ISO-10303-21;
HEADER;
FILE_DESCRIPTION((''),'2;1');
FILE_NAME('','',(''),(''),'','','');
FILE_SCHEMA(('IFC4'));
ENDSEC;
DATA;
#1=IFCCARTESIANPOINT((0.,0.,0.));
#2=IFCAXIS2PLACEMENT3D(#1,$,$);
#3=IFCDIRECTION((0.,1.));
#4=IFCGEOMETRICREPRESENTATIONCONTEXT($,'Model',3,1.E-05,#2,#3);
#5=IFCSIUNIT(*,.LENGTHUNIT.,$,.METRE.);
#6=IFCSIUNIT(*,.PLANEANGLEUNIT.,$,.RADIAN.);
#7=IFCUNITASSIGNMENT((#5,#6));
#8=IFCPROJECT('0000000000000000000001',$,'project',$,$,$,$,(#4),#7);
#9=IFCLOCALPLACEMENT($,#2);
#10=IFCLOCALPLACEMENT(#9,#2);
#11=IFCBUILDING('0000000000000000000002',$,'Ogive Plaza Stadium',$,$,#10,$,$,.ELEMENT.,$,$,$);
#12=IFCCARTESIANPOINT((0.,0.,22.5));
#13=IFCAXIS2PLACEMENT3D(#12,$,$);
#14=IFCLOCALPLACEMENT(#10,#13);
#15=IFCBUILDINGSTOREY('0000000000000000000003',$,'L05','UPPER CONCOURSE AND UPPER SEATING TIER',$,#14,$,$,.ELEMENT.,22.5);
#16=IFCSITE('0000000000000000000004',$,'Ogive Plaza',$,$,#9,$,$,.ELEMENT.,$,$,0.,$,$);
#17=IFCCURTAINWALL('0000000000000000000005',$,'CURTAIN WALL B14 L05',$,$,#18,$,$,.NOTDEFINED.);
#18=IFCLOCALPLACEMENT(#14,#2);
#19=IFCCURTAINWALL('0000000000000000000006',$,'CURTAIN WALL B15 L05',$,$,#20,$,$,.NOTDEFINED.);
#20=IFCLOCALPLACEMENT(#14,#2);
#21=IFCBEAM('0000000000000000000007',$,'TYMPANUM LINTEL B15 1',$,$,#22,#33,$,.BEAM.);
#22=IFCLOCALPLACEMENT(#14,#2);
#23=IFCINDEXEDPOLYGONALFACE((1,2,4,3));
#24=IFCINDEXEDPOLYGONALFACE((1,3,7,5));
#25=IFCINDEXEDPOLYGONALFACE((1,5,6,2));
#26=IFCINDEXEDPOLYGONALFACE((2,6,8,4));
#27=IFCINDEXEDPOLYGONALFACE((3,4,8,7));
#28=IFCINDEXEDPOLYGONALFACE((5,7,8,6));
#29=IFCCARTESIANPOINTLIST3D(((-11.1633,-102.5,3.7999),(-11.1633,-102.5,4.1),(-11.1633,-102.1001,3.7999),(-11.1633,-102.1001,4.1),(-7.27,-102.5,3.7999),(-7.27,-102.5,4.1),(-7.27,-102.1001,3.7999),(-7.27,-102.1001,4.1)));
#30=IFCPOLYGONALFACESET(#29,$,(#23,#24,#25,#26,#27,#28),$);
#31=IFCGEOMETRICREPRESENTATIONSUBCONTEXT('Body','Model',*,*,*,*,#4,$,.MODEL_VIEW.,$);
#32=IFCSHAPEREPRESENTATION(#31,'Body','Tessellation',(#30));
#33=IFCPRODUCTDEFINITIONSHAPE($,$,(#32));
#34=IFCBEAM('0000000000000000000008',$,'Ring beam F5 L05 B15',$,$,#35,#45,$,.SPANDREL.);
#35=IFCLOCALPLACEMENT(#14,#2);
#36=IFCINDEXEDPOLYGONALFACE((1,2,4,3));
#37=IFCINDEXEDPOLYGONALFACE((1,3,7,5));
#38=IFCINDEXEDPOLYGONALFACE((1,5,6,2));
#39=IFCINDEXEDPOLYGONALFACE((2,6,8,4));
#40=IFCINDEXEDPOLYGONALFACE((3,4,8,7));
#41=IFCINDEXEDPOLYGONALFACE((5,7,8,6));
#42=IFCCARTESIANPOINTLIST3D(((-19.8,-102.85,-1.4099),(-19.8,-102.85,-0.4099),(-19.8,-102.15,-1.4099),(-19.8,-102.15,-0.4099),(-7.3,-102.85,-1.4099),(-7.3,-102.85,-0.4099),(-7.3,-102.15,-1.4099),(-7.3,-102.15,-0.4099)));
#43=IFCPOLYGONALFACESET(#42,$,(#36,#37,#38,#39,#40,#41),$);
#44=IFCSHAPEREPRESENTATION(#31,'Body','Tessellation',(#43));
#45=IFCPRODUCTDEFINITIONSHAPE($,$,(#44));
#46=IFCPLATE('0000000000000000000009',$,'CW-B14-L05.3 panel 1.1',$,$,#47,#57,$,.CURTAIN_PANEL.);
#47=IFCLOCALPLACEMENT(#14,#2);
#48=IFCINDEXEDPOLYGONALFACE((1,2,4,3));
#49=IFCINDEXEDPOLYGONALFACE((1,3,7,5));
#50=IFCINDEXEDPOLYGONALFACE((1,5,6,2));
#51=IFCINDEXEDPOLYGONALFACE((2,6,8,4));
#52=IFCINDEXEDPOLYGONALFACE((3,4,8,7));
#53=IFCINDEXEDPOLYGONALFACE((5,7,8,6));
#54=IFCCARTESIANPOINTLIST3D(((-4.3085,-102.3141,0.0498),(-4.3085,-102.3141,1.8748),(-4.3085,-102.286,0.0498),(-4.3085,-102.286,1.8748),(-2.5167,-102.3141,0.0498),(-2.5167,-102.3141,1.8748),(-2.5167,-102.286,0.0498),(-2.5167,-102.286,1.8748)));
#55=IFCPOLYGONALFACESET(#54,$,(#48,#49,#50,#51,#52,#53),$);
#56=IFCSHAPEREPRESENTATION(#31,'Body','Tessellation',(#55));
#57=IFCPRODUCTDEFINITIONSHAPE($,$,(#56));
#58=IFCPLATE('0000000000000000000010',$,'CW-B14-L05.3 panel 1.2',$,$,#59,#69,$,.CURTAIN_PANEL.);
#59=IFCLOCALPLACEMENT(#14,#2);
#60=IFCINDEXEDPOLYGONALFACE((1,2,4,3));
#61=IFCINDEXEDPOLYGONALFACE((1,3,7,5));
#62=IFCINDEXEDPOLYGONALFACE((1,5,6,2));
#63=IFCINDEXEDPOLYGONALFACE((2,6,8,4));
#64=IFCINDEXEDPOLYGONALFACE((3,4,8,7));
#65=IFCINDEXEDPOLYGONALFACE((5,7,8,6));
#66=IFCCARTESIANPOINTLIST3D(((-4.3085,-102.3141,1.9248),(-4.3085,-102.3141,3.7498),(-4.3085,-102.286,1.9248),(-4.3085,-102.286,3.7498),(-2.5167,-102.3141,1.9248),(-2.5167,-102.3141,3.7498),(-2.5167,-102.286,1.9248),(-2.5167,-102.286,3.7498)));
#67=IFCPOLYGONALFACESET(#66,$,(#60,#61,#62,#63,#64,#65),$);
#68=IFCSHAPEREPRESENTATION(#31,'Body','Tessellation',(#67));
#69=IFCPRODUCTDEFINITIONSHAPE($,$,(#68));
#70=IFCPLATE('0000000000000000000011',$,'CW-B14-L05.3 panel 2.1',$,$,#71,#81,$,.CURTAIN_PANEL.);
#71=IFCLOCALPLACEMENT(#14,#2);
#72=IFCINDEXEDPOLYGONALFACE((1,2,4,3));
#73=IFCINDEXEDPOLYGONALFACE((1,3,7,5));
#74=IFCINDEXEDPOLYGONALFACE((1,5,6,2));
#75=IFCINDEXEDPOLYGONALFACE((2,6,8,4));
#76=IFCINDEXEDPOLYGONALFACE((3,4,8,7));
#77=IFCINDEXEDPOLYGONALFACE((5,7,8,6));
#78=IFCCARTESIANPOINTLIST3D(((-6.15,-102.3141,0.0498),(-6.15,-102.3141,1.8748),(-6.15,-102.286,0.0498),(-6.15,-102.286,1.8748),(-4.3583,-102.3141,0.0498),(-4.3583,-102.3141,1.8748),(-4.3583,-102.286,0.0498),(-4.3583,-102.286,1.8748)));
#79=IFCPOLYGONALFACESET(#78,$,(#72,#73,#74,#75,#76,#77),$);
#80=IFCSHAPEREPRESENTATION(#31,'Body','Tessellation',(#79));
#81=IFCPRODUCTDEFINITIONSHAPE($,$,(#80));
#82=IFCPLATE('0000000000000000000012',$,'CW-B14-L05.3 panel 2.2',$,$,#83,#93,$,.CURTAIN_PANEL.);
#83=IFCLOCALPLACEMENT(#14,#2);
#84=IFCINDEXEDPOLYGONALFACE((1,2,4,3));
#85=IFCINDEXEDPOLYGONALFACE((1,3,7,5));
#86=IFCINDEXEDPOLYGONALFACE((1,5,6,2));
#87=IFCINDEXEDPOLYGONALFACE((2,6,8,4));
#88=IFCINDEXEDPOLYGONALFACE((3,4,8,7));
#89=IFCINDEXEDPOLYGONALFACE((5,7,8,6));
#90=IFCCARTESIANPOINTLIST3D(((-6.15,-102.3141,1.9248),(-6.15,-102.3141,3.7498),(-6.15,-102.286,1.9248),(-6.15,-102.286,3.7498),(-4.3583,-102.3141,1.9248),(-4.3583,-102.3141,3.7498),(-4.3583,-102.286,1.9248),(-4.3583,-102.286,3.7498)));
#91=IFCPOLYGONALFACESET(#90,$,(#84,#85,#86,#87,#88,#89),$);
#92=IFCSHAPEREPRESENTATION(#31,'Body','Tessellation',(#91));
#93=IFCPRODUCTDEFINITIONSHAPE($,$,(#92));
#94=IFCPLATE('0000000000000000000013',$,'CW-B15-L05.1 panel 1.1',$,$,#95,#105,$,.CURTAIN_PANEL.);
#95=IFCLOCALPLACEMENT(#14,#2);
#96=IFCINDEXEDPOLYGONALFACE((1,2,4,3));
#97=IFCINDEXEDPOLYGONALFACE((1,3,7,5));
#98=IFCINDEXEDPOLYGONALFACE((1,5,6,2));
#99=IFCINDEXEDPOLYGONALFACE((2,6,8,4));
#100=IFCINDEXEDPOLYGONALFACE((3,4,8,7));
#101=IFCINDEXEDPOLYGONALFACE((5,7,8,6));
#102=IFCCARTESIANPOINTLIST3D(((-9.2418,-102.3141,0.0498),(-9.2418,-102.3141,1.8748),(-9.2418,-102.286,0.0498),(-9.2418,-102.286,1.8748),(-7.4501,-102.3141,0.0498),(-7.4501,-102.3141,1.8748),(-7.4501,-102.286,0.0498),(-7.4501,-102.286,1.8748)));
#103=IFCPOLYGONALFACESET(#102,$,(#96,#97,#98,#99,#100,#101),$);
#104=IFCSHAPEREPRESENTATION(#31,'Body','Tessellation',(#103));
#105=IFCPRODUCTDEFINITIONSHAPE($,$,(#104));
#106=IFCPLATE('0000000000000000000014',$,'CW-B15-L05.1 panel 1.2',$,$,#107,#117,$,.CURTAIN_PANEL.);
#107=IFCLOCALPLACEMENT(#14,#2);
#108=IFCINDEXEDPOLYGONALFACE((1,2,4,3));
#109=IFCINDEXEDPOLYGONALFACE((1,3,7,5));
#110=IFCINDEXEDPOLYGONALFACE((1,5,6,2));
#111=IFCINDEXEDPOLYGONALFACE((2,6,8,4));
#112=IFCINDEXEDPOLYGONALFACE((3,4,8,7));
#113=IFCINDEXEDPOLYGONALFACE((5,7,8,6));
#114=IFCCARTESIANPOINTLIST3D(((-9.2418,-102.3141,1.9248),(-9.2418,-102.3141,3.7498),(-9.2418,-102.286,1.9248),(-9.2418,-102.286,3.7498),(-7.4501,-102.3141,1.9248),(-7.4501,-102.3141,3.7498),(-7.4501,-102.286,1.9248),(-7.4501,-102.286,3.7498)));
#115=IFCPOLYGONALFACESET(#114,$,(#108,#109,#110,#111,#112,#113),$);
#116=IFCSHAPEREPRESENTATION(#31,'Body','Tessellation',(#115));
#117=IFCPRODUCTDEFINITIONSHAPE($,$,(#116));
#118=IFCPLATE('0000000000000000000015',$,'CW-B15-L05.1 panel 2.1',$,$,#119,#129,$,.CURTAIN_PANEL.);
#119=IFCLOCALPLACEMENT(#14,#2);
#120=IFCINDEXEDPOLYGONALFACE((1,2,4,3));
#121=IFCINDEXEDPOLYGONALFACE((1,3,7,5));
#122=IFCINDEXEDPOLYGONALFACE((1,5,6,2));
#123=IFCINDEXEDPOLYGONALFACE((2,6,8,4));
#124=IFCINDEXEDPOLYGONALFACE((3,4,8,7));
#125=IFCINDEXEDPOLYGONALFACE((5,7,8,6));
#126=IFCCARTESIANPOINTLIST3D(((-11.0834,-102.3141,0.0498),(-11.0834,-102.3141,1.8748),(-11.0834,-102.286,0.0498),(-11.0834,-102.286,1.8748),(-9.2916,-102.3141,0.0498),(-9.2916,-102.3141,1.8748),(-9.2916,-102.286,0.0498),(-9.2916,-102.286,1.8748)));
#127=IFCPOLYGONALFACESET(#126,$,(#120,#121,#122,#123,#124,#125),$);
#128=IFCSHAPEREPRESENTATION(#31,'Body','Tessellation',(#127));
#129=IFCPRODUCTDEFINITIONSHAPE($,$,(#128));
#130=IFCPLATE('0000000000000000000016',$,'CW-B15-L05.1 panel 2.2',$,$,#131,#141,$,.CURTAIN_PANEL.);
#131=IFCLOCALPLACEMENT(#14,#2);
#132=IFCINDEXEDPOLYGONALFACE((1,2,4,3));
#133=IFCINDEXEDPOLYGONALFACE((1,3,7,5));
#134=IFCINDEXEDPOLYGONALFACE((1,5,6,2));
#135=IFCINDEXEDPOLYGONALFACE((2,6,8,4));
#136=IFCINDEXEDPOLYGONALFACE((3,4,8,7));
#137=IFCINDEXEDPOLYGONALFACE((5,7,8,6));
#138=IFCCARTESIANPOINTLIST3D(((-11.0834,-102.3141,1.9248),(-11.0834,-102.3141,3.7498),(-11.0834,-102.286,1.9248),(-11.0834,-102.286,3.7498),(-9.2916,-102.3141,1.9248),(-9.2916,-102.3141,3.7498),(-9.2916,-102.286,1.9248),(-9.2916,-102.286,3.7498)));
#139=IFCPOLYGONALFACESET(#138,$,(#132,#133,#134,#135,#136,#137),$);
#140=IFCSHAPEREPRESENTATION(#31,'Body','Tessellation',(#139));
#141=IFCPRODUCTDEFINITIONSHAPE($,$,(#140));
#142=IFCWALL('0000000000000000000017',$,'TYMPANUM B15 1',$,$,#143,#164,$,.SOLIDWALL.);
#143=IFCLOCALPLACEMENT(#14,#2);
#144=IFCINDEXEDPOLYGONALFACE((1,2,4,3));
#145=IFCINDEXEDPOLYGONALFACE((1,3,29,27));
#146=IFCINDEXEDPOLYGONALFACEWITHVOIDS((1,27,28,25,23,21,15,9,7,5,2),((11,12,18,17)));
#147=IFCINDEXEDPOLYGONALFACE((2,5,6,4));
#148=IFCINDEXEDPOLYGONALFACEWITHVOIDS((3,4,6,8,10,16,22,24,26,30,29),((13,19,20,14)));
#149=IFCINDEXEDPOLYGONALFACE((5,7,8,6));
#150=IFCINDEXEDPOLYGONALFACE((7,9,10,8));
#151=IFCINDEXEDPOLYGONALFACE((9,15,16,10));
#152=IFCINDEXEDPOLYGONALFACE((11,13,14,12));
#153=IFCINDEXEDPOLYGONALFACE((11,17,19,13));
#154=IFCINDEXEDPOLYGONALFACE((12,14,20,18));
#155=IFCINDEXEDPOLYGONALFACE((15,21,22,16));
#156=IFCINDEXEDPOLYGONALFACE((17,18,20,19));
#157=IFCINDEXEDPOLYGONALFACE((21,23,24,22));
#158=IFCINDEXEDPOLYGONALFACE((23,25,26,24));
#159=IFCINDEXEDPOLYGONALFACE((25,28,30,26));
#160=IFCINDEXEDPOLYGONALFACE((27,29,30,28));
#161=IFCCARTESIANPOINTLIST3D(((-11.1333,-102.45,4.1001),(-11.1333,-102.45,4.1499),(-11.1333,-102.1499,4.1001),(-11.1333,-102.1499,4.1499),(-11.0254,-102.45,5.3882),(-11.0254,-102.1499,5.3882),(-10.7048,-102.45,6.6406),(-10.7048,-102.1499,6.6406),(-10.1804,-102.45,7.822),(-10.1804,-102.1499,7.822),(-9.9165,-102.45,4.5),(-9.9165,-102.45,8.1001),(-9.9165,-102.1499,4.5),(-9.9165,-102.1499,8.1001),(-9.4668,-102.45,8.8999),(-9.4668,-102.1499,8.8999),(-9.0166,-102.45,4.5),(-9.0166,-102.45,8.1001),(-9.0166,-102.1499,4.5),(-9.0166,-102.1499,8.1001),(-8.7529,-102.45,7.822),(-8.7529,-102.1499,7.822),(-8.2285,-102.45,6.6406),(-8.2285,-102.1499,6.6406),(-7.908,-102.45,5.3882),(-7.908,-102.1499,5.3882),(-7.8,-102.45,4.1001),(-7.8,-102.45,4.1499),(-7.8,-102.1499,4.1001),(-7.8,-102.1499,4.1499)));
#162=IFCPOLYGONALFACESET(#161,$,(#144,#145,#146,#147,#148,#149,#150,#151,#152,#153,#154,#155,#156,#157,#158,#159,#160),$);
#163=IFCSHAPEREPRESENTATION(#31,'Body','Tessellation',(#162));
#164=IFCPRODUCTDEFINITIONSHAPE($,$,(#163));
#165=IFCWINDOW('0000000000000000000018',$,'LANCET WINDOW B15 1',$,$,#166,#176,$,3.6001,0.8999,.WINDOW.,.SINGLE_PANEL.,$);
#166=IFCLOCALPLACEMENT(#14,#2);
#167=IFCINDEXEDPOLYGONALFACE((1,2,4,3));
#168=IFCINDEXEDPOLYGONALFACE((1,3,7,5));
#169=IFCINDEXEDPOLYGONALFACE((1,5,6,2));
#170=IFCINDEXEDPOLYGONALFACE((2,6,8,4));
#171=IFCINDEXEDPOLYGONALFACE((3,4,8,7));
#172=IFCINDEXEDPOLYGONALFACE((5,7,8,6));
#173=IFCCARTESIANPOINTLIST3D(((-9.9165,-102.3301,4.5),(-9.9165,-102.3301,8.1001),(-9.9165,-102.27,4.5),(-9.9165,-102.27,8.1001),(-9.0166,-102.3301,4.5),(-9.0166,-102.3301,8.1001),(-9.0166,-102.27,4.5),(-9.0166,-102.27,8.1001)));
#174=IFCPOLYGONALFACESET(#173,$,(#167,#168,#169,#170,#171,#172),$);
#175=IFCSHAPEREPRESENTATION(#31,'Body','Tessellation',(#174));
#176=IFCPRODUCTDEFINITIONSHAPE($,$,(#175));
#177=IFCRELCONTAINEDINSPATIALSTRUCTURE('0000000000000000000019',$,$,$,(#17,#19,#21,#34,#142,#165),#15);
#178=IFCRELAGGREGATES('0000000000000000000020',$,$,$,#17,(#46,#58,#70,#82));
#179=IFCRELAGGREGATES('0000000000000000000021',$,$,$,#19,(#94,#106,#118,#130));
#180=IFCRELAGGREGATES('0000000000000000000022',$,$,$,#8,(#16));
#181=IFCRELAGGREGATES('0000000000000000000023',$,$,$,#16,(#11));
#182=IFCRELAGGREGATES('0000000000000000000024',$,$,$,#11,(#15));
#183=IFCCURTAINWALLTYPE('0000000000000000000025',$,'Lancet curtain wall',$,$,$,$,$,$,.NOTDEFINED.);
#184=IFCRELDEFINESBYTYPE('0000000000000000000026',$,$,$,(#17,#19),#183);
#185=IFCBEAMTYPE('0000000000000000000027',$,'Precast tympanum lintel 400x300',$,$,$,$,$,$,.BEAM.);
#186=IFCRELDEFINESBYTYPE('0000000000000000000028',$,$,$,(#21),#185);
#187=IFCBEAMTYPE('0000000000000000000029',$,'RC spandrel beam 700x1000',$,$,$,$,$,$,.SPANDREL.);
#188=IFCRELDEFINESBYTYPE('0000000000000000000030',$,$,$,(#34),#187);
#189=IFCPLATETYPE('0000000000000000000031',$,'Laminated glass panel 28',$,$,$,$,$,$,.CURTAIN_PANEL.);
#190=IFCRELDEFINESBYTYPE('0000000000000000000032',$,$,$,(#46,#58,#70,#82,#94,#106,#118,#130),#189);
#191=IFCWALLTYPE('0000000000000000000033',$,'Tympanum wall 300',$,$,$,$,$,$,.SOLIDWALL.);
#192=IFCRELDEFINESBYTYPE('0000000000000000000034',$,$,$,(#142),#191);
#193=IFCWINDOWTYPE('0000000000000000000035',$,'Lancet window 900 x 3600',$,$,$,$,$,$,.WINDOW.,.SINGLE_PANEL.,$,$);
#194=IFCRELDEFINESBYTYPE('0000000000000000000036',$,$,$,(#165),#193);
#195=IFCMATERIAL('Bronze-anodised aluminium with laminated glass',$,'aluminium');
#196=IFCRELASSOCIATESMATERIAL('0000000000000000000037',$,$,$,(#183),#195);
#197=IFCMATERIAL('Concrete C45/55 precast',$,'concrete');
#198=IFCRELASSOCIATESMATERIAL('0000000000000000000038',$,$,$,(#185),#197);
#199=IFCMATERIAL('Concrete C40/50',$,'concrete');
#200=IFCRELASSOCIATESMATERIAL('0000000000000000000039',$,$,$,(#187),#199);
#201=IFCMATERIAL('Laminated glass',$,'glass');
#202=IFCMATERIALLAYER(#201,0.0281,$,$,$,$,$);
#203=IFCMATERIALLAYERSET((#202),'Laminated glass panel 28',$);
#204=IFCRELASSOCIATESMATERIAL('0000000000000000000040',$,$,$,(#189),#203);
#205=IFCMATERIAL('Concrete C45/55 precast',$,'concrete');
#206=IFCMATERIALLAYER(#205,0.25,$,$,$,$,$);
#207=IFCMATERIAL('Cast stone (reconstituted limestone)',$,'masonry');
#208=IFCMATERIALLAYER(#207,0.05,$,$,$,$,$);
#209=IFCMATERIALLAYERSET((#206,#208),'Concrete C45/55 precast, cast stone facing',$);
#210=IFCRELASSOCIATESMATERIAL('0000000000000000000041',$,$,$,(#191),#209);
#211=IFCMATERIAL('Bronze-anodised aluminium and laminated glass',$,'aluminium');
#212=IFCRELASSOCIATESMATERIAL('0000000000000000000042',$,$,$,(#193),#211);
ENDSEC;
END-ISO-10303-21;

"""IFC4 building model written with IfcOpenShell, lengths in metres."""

from ifc_helpers import new_model, si_unit, direction, frame, frame_2d, origin, origin_2d, place, context, subcontext, project, spatial, polyline, rectangle, outline, extrude, material, layer, layer_set, material_profile, profile_set, type_object, element, fill, aggregate, save


model = new_model("IFC4")

# Units and contexts
model_context = context("Model", 3, precision=1e-05, world=origin(), true_north=direction((0.0, 1.0)))
body_context = subcontext(model_context, "Body", "Model", "MODEL_VIEW")
ifc_project = project(units=[si_unit("LENGTHUNIT", "METRE"), si_unit("PLANEANGLEUNIT", "RADIAN")], contexts=[model_context])

# Site, building, storey
site_placement = place(None, origin())
site = spatial("IfcSite", under=ifc_project, at=site_placement, Name="Ogive Plaza", CompositionType="ELEMENT", RefElevation=0.0)
building_placement = place(site_placement, origin())
building = spatial("IfcBuilding", under=site, at=building_placement, Name="Ogive Plaza Stadium", CompositionType="ELEMENT")
storey_placement = place(building_placement, frame((0.0, 0.0, 22.5)))
storey = spatial("IfcBuildingStorey", under=building, at=storey_placement, Name="L05", Description="UPPER CONCOURSE AND UPPER SEATING TIER", CompositionType="ELEMENT", Elevation=22.5)

# Curtain walls
ifc_material_1 = material(Name="Bronze-anodised aluminium with laminated glass", Category="aluminium")
curtain_wall_type = type_object("IfcCurtainWallType", Name="Lancet curtain wall", PredefinedType="NOTDEFINED", material=ifc_material_1)
curtain_wall_1_placement = place(storey_placement, origin())
curtain_wall_1 = element("IfcCurtainWall", 1, at=curtain_wall_1_placement, inside=storey, type_object=curtain_wall_type, Name="CURTAIN WALL B14 L05", PredefinedType="NOTDEFINED")
curtain_wall_2_placement = place(storey_placement, origin())
curtain_wall_2 = element("IfcCurtainWall", 2, at=curtain_wall_2_placement, inside=storey, type_object=curtain_wall_type, Name="CURTAIN WALL B15 L05", PredefinedType="NOTDEFINED")

# Beams
ifc_material_2 = material(Name="Concrete C45/55 precast", Category="concrete")
ifc_material_profile_1 = material_profile(ifc_material_2, rectangle(XDim=0.3999, YDim=0.3, at=origin_2d()), Name="RC 400x300")
ifc_profile_set_1 = profile_set([ifc_material_profile_1], Name="Concrete C45/55 precast")
beam_type_1 = type_object("IfcBeamType", Name="Precast tympanum lintel 400x300", PredefinedType="BEAM", material=ifc_profile_set_1)
beam_1_placement = place(storey_placement, frame((-7.27, -102.3, 3.95), z_axis=(-1.0, 0.0, 0.0), x_axis=(0.0, -1.0, 0.0)))
element("IfcBeam", 3, at=beam_1_placement, inside=storey, type_object=beam_type_1, Name="TYMPANUM LINTEL B15 1", PredefinedType="BEAM", context=body_context, shape_type="SweptSolid", body=[
    extrude(rectangle(XDim=0.3999, YDim=0.3, at=origin_2d()), origin(), (0.0, 0.0, 1.0), 3.8933),
])
ifc_material_3 = material(Name="Concrete C40/50", Category="concrete")
ifc_material_profile_2 = material_profile(ifc_material_3, rectangle(XDim=0.7, YDim=1.0, at=origin_2d()), Name="RC 700x1000")
ifc_profile_set_2 = profile_set([ifc_material_profile_2], Name="Concrete C40/50")
beam_type_2 = type_object("IfcBeamType", Name="RC spandrel beam 700x1000", PredefinedType="SPANDREL", material=ifc_profile_set_2)
beam_2_placement = place(storey_placement, frame((-7.3, -102.5, -0.9099), z_axis=(-1.0, 0.0, 0.0), x_axis=(0.0, -1.0, 0.0)))
element("IfcBeam", 4, at=beam_2_placement, inside=storey, type_object=beam_type_2, Name="Ring beam F5 L05 B15", PredefinedType="SPANDREL", context=body_context, shape_type="SweptSolid", body=[
    extrude(rectangle(XDim=0.7, YDim=1.0, at=origin_2d()), origin(), (0.0, 0.0, 1.0), 12.5),
])

# Plates
ifc_material_4 = material(Name="Laminated glass", Category="glass")
ifc_layer_1 = layer(ifc_material_4, 0.0281)
ifc_layer_set_1 = layer_set([ifc_layer_1], Name="Laminated glass panel 28")
plate_type = type_object("IfcPlateType", Name="Laminated glass panel 28", PredefinedType="CURTAIN_PANEL", material=ifc_layer_set_1)
plate_1_placement = place(storey_placement, frame((-3.4126, -102.3, 0.0498), z_axis=(0.0, 0.0, 1.0), x_axis=(-1.0, 0.0, 0.0)))
plate_1 = element("IfcPlate", 5, at=plate_1_placement, type_object=plate_type, Name="CW-B14-L05.3 panel 1.1", PredefinedType="CURTAIN_PANEL", context=body_context, shape_type="SweptSolid", body=[
    extrude(rectangle(XDim=1.7917, YDim=0.0281, at=origin_2d()), origin(), (0.0, 0.0, 1.0), 1.825),
])
plate_2_placement = place(storey_placement, frame((-3.4126, -102.3, 1.9248), z_axis=(0.0, 0.0, 1.0), x_axis=(-1.0, 0.0, 0.0)))
plate_2 = element("IfcPlate", 6, at=plate_2_placement, type_object=plate_type, Name="CW-B14-L05.3 panel 1.2", PredefinedType="CURTAIN_PANEL", context=body_context, shape_type="SweptSolid", body=[
    extrude(rectangle(XDim=1.7917, YDim=0.0281, at=origin_2d()), origin(), (0.0, 0.0, 1.0), 1.825),
])
plate_3_placement = place(storey_placement, frame((-5.2542, -102.3, 0.0498), z_axis=(0.0, 0.0, 1.0), x_axis=(-1.0, 0.0, 0.0)))
plate_3 = element("IfcPlate", 7, at=plate_3_placement, type_object=plate_type, Name="CW-B14-L05.3 panel 2.1", PredefinedType="CURTAIN_PANEL", context=body_context, shape_type="SweptSolid", body=[
    extrude(rectangle(XDim=1.7917, YDim=0.0281, at=origin_2d()), origin(), (0.0, 0.0, 1.0), 1.825),
])
plate_4_placement = place(storey_placement, frame((-5.2542, -102.3, 1.9248), z_axis=(0.0, 0.0, 1.0), x_axis=(-1.0, 0.0, 0.0)))
plate_4 = element("IfcPlate", 8, at=plate_4_placement, type_object=plate_type, Name="CW-B14-L05.3 panel 2.2", PredefinedType="CURTAIN_PANEL", context=body_context, shape_type="SweptSolid", body=[
    extrude(rectangle(XDim=1.7917, YDim=0.0281, at=origin_2d()), origin(), (0.0, 0.0, 1.0), 1.825),
])
aggregate(curtain_wall_1, [plate_1, plate_2, plate_3, plate_4])
plate_5_placement = place(storey_placement, frame((-8.3459, -102.3, 0.0498), z_axis=(0.0, 0.0, 1.0), x_axis=(-1.0, 0.0, 0.0)))
plate_5 = element("IfcPlate", 9, at=plate_5_placement, type_object=plate_type, Name="CW-B15-L05.1 panel 1.1", PredefinedType="CURTAIN_PANEL", context=body_context, shape_type="SweptSolid", body=[
    extrude(rectangle(XDim=1.7917, YDim=0.0281, at=origin_2d()), origin(), (0.0, 0.0, 1.0), 1.825),
])
plate_6_placement = place(storey_placement, frame((-8.3459, -102.3, 1.9248), z_axis=(0.0, 0.0, 1.0), x_axis=(-1.0, 0.0, 0.0)))
plate_6 = element("IfcPlate", 10, at=plate_6_placement, type_object=plate_type, Name="CW-B15-L05.1 panel 1.2", PredefinedType="CURTAIN_PANEL", context=body_context, shape_type="SweptSolid", body=[
    extrude(rectangle(XDim=1.7917, YDim=0.0281, at=origin_2d()), origin(), (0.0, 0.0, 1.0), 1.825),
])
plate_7_placement = place(storey_placement, frame((-10.1875, -102.3, 0.0498), z_axis=(0.0, 0.0, 1.0), x_axis=(-1.0, 0.0, 0.0)))
plate_7 = element("IfcPlate", 11, at=plate_7_placement, type_object=plate_type, Name="CW-B15-L05.1 panel 2.1", PredefinedType="CURTAIN_PANEL", context=body_context, shape_type="SweptSolid", body=[
    extrude(rectangle(XDim=1.7917, YDim=0.0281, at=origin_2d()), origin(), (0.0, 0.0, 1.0), 1.825),
])
plate_8_placement = place(storey_placement, frame((-10.1875, -102.3, 1.9248), z_axis=(0.0, 0.0, 1.0), x_axis=(-1.0, 0.0, 0.0)))
plate_8 = element("IfcPlate", 12, at=plate_8_placement, type_object=plate_type, Name="CW-B15-L05.1 panel 2.2", PredefinedType="CURTAIN_PANEL", context=body_context, shape_type="SweptSolid", body=[
    extrude(rectangle(XDim=1.7917, YDim=0.0281, at=origin_2d()), origin(), (0.0, 0.0, 1.0), 1.825),
])
aggregate(curtain_wall_2, [plate_5, plate_6, plate_7, plate_8])

# Wall, opening, window
ifc_material_5 = material(Name="Concrete C45/55 precast", Category="concrete")
ifc_layer_2 = layer(ifc_material_5, 0.25)
ifc_material_6 = material(Name="Cast stone (reconstituted limestone)", Category="masonry")
ifc_layer_3 = layer(ifc_material_6, 0.05)
ifc_layer_set_2 = layer_set([ifc_layer_2, ifc_layer_3], Name="Concrete C45/55 precast, cast stone facing")
wall_type = type_object("IfcWallType", Name="Tympanum wall 300", PredefinedType="SOLIDWALL", material=ifc_layer_set_2)
wall_placement = place(storey_placement, frame((-7.8, -102.3, 4.1001), z_axis=(0.0, 0.0, 1.0), x_axis=(-1.0, 0.0, 0.0)))
wall = element("IfcWall", 13, at=wall_placement, inside=storey, type_object=wall_type, Name="TYMPANUM B15 1", PredefinedType="SOLIDWALL", context=body_context, shape_type="SweptSolid", body=[
    extrude(outline(polyline([(0.0, 0.0), (3.3333, 0.0), (3.3333, 0.0498), (3.2253, 1.2881), (2.9048, 2.5405), (2.3804, 3.7219), (1.6667, 4.7998), (0.9529, 3.7219), (0.4285, 2.5405), (0.1079, 1.2881), (0.0, 0.0498), (0.0, 0.0)])), frame((0.0, 0.1499, 0.0), z_axis=(0.0, -1.0, 0.0), x_axis=(1.0, 0.0, 0.0)), (0.0, 0.0, 1.0), 0.3),
])
opening_placement = place(wall_placement, frame((1.2166, 0.0, 0.3999)))
opening = element("IfcOpeningElement", 14, at=opening_placement, cuts=wall, PredefinedType="OPENING", context=body_context, shape_type="SweptSolid", body=[
    extrude(rectangle(XDim=0.8999, YDim=3.6001, at=frame_2d((0.45, 1.8))), frame((0.0, 0.1602, 0.0), z_axis=(0.0, -1.0, 0.0), x_axis=(1.0, 0.0, 0.0)), (0.0, 0.0, 1.0), 0.3201),
])
ifc_material_7 = material(Name="Bronze-anodised aluminium and laminated glass", Category="aluminium")
window_type = type_object("IfcWindowType", Name="Lancet window 900 x 3600", PartitioningType="SINGLE_PANEL", PredefinedType="WINDOW", material=ifc_material_7)
window_placement = place(opening_placement, origin())
window = element("IfcWindow", 15, at=window_placement, inside=storey, type_object=window_type, Name="LANCET WINDOW B15 1", OverallHeight=3.6001, OverallWidth=0.8999, PartitioningType="SINGLE_PANEL", PredefinedType="WINDOW", context=body_context, shape_type="SweptSolid", body=[
    extrude(rectangle(XDim=0.8999, YDim=3.6001, at=frame_2d((0.45, 1.8))), frame((0.0, 0.03, 0.0), z_axis=(0.0, -1.0, 0.0), x_axis=(1.0, 0.0, 0.0)), (0.0, 0.0, 1.0), 0.0601),
])
fill(opening, window)

save(model, "model.ifc")
